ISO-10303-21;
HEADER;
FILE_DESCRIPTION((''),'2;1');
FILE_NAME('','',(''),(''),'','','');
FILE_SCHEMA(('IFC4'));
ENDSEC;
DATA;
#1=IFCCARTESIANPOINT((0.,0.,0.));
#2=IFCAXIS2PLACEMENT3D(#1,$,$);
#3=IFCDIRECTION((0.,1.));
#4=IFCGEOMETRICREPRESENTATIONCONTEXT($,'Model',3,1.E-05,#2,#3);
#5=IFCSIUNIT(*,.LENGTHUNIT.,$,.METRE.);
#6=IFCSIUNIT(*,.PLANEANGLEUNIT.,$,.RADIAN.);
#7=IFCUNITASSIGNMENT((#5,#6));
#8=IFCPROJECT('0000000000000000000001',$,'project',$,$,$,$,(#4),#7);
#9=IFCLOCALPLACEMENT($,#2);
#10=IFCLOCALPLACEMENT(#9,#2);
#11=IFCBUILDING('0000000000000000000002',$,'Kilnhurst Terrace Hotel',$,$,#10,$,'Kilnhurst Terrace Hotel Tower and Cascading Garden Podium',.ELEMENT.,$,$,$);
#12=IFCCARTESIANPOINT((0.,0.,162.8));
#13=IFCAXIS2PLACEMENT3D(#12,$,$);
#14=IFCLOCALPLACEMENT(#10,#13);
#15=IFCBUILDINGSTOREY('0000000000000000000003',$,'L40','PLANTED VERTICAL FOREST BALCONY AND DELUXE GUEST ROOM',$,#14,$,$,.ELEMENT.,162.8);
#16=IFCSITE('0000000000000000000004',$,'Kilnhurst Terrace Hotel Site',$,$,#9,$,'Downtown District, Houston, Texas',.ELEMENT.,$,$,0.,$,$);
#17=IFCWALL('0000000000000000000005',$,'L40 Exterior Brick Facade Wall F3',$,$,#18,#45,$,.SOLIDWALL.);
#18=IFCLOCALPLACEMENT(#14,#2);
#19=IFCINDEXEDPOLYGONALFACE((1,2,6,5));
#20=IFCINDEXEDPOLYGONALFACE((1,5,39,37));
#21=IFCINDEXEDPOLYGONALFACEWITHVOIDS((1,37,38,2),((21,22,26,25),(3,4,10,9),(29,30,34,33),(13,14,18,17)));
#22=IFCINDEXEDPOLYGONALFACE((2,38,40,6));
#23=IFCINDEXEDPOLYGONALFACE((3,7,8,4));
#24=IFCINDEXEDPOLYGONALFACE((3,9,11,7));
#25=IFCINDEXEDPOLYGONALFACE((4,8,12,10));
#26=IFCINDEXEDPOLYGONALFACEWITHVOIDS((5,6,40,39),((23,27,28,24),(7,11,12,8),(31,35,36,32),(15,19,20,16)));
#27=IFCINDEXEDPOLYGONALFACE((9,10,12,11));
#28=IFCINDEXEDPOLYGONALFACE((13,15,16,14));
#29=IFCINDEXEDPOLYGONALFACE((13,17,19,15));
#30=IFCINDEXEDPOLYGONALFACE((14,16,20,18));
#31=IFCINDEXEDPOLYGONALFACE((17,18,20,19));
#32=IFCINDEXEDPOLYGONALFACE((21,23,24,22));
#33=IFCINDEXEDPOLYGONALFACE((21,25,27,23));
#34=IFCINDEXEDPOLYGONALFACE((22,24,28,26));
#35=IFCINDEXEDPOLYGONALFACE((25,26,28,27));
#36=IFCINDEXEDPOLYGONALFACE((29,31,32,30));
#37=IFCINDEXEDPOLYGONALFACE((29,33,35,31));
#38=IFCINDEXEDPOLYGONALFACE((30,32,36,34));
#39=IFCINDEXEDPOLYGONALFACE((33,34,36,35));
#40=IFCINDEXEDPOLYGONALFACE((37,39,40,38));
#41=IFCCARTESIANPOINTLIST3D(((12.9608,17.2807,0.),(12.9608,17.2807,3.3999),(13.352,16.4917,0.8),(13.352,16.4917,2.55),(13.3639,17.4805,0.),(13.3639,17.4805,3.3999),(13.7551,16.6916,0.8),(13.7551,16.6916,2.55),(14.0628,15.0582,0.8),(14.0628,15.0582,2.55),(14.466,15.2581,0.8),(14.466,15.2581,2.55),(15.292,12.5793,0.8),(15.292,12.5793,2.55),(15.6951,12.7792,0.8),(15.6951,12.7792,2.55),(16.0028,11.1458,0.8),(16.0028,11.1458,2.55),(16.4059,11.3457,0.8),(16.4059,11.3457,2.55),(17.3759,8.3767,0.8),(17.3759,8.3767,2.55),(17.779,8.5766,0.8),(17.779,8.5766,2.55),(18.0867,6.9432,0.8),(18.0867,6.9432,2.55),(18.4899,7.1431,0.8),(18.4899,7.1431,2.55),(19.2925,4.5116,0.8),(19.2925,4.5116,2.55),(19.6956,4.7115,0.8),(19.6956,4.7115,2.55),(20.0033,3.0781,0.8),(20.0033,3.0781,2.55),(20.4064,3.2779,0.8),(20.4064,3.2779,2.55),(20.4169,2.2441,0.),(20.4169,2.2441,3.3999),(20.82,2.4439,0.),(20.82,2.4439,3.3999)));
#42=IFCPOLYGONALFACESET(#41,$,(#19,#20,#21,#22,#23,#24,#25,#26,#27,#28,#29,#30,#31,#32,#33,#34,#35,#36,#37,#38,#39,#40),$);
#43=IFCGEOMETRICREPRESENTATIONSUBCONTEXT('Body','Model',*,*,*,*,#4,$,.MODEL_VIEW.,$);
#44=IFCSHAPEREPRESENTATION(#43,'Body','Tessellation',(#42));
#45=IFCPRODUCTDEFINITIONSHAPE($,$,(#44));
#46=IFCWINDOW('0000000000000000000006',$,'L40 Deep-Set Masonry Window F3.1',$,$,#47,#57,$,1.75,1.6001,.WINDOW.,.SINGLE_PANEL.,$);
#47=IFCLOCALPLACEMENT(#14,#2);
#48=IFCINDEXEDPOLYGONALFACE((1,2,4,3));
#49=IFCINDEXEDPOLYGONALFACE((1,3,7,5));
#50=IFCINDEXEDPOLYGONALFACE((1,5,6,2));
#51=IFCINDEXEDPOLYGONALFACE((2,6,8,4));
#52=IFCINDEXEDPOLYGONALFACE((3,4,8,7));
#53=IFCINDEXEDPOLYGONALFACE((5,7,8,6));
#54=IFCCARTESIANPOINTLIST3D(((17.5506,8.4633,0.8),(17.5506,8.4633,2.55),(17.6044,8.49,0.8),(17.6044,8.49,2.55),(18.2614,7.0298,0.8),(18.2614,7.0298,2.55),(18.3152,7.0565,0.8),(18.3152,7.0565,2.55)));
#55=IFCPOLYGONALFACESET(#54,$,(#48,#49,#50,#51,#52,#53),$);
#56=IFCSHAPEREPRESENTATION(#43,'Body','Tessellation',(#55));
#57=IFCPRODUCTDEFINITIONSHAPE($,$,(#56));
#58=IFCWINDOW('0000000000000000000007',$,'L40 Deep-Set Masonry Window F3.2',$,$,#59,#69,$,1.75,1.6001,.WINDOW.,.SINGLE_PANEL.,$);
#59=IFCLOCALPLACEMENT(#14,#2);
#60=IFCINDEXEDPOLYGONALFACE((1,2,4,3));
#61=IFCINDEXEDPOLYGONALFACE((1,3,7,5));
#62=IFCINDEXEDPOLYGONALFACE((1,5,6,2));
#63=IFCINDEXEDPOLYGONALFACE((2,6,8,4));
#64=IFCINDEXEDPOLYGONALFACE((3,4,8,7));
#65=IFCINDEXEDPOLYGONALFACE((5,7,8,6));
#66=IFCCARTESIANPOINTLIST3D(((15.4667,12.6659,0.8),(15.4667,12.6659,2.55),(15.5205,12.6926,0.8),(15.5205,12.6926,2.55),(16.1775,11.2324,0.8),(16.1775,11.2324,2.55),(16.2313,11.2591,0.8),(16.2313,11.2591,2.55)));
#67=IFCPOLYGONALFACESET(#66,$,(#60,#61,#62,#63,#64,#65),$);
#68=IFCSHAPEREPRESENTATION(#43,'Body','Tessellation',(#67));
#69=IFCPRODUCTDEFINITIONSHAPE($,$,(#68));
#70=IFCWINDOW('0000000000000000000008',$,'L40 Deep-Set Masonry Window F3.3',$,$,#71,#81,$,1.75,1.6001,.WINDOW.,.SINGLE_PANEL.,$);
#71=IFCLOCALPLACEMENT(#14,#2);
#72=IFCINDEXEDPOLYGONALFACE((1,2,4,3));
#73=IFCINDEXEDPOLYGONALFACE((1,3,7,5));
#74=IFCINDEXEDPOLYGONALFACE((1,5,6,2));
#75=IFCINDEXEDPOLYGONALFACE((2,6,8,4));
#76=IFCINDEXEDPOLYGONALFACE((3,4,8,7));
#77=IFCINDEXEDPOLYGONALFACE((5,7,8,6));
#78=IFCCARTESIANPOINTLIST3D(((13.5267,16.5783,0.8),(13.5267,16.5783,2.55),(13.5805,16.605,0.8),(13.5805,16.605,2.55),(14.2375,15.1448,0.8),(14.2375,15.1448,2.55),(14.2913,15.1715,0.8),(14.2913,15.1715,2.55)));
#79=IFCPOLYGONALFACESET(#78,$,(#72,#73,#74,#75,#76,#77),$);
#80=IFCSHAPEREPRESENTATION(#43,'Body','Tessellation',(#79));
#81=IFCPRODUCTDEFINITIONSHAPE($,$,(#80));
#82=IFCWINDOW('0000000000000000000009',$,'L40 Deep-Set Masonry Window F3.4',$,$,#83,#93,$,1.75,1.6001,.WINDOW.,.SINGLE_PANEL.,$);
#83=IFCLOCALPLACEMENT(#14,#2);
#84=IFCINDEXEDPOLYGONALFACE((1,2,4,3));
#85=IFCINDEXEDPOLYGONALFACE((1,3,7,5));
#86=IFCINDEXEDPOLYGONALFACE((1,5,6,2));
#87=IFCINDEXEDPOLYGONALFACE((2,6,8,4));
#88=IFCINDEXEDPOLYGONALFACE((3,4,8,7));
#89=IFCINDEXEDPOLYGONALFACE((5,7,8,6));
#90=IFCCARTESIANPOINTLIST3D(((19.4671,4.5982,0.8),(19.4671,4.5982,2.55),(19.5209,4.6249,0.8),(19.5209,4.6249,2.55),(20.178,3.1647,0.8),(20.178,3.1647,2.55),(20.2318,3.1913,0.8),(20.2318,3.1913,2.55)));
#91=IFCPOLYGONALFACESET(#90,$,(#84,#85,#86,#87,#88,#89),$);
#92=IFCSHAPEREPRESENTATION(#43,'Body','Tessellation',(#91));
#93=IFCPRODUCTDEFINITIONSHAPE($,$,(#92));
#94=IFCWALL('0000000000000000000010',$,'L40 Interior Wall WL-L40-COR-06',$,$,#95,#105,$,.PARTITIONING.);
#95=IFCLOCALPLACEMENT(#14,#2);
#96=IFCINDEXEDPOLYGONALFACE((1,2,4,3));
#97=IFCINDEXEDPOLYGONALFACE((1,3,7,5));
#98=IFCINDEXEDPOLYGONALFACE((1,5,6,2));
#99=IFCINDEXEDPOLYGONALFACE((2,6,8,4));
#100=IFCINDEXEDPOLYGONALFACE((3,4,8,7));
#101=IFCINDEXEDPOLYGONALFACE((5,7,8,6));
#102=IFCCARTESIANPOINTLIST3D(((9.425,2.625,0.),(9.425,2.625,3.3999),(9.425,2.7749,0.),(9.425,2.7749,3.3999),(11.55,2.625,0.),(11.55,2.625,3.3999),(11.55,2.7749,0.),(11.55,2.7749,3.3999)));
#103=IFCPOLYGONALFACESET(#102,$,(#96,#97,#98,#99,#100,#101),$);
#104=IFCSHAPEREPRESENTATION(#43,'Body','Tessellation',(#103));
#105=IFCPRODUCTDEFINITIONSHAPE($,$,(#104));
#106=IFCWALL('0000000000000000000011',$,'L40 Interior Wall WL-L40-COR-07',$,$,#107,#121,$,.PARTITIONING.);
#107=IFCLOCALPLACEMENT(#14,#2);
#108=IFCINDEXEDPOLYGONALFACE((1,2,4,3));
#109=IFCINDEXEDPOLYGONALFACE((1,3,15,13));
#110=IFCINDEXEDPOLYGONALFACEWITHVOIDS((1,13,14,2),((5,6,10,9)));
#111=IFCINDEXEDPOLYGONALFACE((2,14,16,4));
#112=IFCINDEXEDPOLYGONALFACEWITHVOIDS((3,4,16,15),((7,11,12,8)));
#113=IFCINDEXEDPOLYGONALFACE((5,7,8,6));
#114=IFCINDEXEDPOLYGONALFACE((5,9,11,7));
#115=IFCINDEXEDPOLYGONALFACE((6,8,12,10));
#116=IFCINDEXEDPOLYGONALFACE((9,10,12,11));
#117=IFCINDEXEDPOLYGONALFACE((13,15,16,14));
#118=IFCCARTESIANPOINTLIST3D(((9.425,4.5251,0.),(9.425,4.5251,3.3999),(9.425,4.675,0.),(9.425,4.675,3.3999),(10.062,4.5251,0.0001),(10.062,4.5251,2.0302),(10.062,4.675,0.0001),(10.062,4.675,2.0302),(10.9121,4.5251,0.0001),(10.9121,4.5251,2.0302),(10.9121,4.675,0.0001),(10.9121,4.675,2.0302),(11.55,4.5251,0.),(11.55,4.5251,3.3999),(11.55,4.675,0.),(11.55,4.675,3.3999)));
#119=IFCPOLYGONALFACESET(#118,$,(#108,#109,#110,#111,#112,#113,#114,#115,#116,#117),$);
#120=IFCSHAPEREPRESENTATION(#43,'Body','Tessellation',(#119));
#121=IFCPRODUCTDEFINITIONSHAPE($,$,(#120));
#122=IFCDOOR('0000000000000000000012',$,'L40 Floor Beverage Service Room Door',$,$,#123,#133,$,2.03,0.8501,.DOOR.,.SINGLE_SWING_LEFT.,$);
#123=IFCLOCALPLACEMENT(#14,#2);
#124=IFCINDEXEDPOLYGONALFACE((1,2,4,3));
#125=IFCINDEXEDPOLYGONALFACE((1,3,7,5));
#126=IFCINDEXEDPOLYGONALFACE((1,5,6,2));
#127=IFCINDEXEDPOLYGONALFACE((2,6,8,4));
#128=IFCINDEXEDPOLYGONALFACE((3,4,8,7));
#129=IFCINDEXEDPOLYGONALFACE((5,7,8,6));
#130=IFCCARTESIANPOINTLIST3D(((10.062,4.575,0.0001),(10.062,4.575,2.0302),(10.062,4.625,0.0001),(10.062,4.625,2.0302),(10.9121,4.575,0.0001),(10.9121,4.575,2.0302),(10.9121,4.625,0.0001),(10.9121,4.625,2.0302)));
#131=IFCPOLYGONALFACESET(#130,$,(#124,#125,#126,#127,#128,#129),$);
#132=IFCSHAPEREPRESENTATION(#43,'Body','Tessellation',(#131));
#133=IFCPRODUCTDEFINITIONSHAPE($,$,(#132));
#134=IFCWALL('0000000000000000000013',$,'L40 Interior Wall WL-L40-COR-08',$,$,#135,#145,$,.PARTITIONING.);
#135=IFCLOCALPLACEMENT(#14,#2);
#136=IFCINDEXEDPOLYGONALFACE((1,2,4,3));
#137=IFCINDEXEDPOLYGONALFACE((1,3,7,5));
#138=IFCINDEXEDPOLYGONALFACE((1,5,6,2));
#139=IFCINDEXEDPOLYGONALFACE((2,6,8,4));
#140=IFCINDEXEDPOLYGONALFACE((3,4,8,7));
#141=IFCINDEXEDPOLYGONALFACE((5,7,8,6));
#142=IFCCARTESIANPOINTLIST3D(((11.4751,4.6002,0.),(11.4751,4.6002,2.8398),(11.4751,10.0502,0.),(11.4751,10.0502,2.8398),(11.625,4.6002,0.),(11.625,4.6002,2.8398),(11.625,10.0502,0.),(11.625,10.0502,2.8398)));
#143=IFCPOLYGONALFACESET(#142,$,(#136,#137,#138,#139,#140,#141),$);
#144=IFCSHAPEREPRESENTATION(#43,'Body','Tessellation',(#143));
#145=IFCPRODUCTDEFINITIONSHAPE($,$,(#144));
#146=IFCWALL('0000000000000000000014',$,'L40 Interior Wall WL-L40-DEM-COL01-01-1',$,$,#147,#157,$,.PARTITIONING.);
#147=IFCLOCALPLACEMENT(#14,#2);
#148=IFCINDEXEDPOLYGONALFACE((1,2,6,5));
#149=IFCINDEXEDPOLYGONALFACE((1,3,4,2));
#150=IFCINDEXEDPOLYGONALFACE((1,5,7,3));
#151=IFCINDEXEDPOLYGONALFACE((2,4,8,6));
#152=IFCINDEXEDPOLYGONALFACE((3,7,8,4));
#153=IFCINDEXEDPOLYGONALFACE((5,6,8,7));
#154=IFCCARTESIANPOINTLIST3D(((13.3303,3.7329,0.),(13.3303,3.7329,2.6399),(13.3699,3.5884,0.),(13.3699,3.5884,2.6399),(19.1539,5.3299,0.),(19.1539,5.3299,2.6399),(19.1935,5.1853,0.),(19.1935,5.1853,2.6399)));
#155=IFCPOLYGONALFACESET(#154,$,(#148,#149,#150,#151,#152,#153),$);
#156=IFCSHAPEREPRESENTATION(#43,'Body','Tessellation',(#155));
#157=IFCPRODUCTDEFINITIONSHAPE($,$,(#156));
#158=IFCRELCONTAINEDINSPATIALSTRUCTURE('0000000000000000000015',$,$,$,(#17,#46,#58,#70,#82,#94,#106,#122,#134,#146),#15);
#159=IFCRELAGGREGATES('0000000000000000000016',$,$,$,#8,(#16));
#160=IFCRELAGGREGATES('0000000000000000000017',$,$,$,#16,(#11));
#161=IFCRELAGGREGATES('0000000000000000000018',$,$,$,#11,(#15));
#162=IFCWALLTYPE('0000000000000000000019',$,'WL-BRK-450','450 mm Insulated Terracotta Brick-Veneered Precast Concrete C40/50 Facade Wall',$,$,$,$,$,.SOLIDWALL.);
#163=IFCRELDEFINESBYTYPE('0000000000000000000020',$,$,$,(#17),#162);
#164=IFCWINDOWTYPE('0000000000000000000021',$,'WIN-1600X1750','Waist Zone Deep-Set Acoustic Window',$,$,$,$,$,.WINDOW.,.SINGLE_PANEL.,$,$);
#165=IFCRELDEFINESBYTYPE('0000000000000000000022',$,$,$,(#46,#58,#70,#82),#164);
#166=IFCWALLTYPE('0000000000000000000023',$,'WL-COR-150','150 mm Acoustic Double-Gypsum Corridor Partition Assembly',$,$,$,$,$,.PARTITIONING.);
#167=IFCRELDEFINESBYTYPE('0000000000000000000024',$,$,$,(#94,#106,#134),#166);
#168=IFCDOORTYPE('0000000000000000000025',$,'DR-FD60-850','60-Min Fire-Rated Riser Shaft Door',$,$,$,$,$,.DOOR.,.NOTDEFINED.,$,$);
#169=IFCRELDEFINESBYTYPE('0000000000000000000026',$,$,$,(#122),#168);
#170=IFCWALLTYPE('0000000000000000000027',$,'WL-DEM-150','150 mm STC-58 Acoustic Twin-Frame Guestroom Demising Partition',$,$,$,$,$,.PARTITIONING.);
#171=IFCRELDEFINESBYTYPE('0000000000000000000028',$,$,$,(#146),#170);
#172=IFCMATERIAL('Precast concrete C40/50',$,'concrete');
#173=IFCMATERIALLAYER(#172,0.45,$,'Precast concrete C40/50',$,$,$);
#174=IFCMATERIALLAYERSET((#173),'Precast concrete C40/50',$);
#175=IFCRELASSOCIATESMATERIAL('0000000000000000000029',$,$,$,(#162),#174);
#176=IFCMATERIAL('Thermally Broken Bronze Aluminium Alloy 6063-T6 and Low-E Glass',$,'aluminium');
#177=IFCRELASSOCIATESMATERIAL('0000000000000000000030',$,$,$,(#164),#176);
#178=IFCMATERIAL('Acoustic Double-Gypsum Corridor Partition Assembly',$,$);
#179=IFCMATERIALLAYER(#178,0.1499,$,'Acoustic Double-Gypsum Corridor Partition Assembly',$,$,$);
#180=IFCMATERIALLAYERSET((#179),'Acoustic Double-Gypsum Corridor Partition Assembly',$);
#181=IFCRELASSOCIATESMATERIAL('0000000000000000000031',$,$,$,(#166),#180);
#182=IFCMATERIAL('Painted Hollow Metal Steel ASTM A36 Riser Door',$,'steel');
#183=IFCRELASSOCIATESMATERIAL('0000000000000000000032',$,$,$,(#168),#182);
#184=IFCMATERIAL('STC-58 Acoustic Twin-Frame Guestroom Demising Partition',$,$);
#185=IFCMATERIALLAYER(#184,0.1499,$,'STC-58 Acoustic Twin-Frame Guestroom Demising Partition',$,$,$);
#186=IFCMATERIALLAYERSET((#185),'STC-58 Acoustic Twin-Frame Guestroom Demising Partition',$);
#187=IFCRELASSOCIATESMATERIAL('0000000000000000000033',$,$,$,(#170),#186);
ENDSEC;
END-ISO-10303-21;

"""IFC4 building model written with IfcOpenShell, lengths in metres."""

from ifc_helpers import new_model, si_unit, direction, frame, frame_2d, origin, place, context, subcontext, project, spatial, rectangle, extrude, material, layer, layer_set, type_object, element, fill, save


model = new_model("IFC4")

# Units and contexts
model_context = context("Model", 3, precision=1e-05, world=origin(), true_north=direction((0.0, 1.0)))
body_context = subcontext(model_context, "Body", "Model", "MODEL_VIEW")
ifc_project = project(units=[si_unit("LENGTHUNIT", "METRE"), si_unit("PLANEANGLEUNIT", "RADIAN")], contexts=[model_context])

# Site, building, storey
site_placement = place(None, origin())
site = spatial("IfcSite", under=ifc_project, at=site_placement, Name="Kilnhurst Terrace Hotel Site", LongName="Downtown District, Houston, Texas", CompositionType="ELEMENT", RefElevation=0.0)
building_placement = place(site_placement, origin())
building = spatial("IfcBuilding", under=site, at=building_placement, Name="Kilnhurst Terrace Hotel", LongName="Kilnhurst Terrace Hotel Tower and Cascading Garden Podium", CompositionType="ELEMENT")
storey_placement = place(building_placement, frame((0.0, 0.0, 162.8)))
storey = spatial("IfcBuildingStorey", under=building, at=storey_placement, Name="L40", Description="PLANTED VERTICAL FOREST BALCONY AND DELUXE GUEST ROOM", CompositionType="ELEMENT", Elevation=162.8)

# Shared definitions
ifc_material_1 = material(Name="Precast concrete C40/50", Category="concrete")
ifc_layer_1 = layer(ifc_material_1, 0.45, Name="Precast concrete C40/50")
ifc_layer_set_1 = layer_set([ifc_layer_1], Name="Precast concrete C40/50")
wall_type_1 = type_object("IfcWallType", Name="WL-BRK-450", Description="450 mm Insulated Terracotta Brick-Veneered Precast Concrete C40/50 Facade Wall", PredefinedType="SOLIDWALL", material=ifc_layer_set_1)

# Wall, openings, windows
wall_1_placement = place(storey_placement, frame((20.6184, 2.344, 0.0), z_axis=(0.0, 0.0, 1.0), x_axis=(-0.444244, 0.895906, 0.0)))
wall_1 = element("IfcWall", 1, at=wall_1_placement, inside=storey, type_object=wall_type_1, Name="L40 Exterior Brick Facade Wall F3", PredefinedType="SOLIDWALL", context=body_context, shape_type="SweptSolid", body=[
    extrude(rectangle(XDim=16.7837, YDim=0.45, at=frame_2d((8.3918, 0.0))), origin(), (0.0, 0.0, 1.0), 3.3999),
])
opening_1_placement = place(wall_1_placement, frame((5.2451, 0.0, 0.8)))
opening_1 = element("IfcOpeningElement", 2, at=opening_1_placement, cuts=wall_1, PredefinedType="OPENING", context=body_context, shape_type="SweptSolid", body=[
    extrude(rectangle(XDim=1.6001, YDim=1.75, at=frame_2d((0.8, 0.875))), frame((0.0, 0.2349, 0.0), z_axis=(0.0, -1.0, 0.0), x_axis=(1.0, 0.0, 0.0)), (0.0, 0.0, 1.0), 0.47),
])
opening_2_placement = place(wall_1_placement, frame((9.936, 0.0, 0.8)))
opening_2 = element("IfcOpeningElement", 3, at=opening_2_placement, cuts=wall_1, PredefinedType="OPENING", context=body_context, shape_type="SweptSolid", body=[
    extrude(rectangle(XDim=1.6001, YDim=1.75, at=frame_2d((0.8, 0.875))), frame((0.0, 0.2349, 0.0), z_axis=(0.0, -1.0, 0.0), x_axis=(1.0, 0.0, 0.0)), (0.0, 0.0, 1.0), 0.47),
])
opening_3_placement = place(wall_1_placement, frame((14.303, 0.0, 0.8)))
opening_3 = element("IfcOpeningElement", 4, at=opening_3_placement, cuts=wall_1, PredefinedType="OPENING", context=body_context, shape_type="SweptSolid", body=[
    extrude(rectangle(XDim=1.6001, YDim=1.75, at=frame_2d((0.8, 0.875))), frame((0.0, 0.2349, 0.0), z_axis=(0.0, -1.0, 0.0), x_axis=(1.0, 0.0, 0.0)), (0.0, 0.0, 1.0), 0.47),
])
opening_4_placement = place(wall_1_placement, frame((0.9309, 0.0, 0.8)))
opening_4 = element("IfcOpeningElement", 5, at=opening_4_placement, cuts=wall_1, PredefinedType="OPENING", context=body_context, shape_type="SweptSolid", body=[
    extrude(rectangle(XDim=1.6001, YDim=1.75, at=frame_2d((0.8, 0.875))), frame((0.0, 0.2349, 0.0), z_axis=(0.0, -1.0, 0.0), x_axis=(1.0, 0.0, 0.0)), (0.0, 0.0, 1.0), 0.47),
])
ifc_material_2 = material(Name="Thermally Broken Bronze Aluminium Alloy 6063-T6 and Low-E Glass", Category="aluminium")
window_type = type_object("IfcWindowType", Name="WIN-1600X1750", Description="Waist Zone Deep-Set Acoustic Window", PartitioningType="SINGLE_PANEL", PredefinedType="WINDOW", material=ifc_material_2)
window_1_placement = place(opening_1_placement, origin())
window_1 = element("IfcWindow", 6, at=window_1_placement, inside=storey, type_object=window_type, Name="L40 Deep-Set Masonry Window F3.1", OverallHeight=1.75, OverallWidth=1.6001, PartitioningType="SINGLE_PANEL", PredefinedType="WINDOW", context=body_context, shape_type="SweptSolid", body=[
    extrude(rectangle(XDim=1.6001, YDim=1.75, at=frame_2d((0.8, 0.875))), frame((0.0, 0.03, 0.0), z_axis=(0.0, -1.0, 0.0), x_axis=(1.0, 0.0, 0.0)), (0.0, 0.0, 1.0), 0.0601),
])
fill(opening_1, window_1)
window_2_placement = place(opening_2_placement, origin())
window_2 = element("IfcWindow", 7, at=window_2_placement, inside=storey, type_object=window_type, Name="L40 Deep-Set Masonry Window F3.2", OverallHeight=1.75, OverallWidth=1.6001, PartitioningType="SINGLE_PANEL", PredefinedType="WINDOW", context=body_context, shape_type="SweptSolid", body=[
    extrude(rectangle(XDim=1.6001, YDim=1.75, at=frame_2d((0.8, 0.875))), frame((0.0, 0.03, 0.0), z_axis=(0.0, -1.0, 0.0), x_axis=(1.0, 0.0, 0.0)), (0.0, 0.0, 1.0), 0.0601),
])
fill(opening_2, window_2)
window_3_placement = place(opening_3_placement, origin())
window_3 = element("IfcWindow", 8, at=window_3_placement, inside=storey, type_object=window_type, Name="L40 Deep-Set Masonry Window F3.3", OverallHeight=1.75, OverallWidth=1.6001, PartitioningType="SINGLE_PANEL", PredefinedType="WINDOW", context=body_context, shape_type="SweptSolid", body=[
    extrude(rectangle(XDim=1.6001, YDim=1.75, at=frame_2d((0.8, 0.875))), frame((0.0, 0.03, 0.0), z_axis=(0.0, -1.0, 0.0), x_axis=(1.0, 0.0, 0.0)), (0.0, 0.0, 1.0), 0.0601),
])
fill(opening_3, window_3)
window_4_placement = place(opening_4_placement, origin())
window_4 = element("IfcWindow", 9, at=window_4_placement, inside=storey, type_object=window_type, Name="L40 Deep-Set Masonry Window F3.4", OverallHeight=1.75, OverallWidth=1.6001, PartitioningType="SINGLE_PANEL", PredefinedType="WINDOW", context=body_context, shape_type="SweptSolid", body=[
    extrude(rectangle(XDim=1.6001, YDim=1.75, at=frame_2d((0.8, 0.875))), frame((0.0, 0.03, 0.0), z_axis=(0.0, -1.0, 0.0), x_axis=(1.0, 0.0, 0.0)), (0.0, 0.0, 1.0), 0.0601),
])
fill(opening_4, window_4)

# Wall
ifc_material_3 = material(Name="Acoustic Double-Gypsum Corridor Partition Assembly")
ifc_layer_2 = layer(ifc_material_3, 0.1499, Name="Acoustic Double-Gypsum Corridor Partition Assembly")
ifc_layer_set_2 = layer_set([ifc_layer_2], Name="Acoustic Double-Gypsum Corridor Partition Assembly")
wall_type_2 = type_object("IfcWallType", Name="WL-COR-150", Description="150 mm Acoustic Double-Gypsum Corridor Partition Assembly", PredefinedType="PARTITIONING", material=ifc_layer_set_2)
wall_2_placement = place(storey_placement, frame((11.55, 2.7, 0.0), z_axis=(0.0, 0.0, 1.0), x_axis=(-1.0, 0.0, 0.0)))
element("IfcWall", 10, at=wall_2_placement, inside=storey, type_object=wall_type_2, Name="L40 Interior Wall WL-L40-COR-06", PredefinedType="PARTITIONING", context=body_context, shape_type="SweptSolid", body=[
    extrude(rectangle(XDim=2.125, YDim=0.1499, at=frame_2d((1.0625, 0.0))), origin(), (0.0, 0.0, 1.0), 3.3999),
])

# Wall, opening, door
wall_3_placement = place(storey_placement, frame((9.425, 4.6001, 0.0), z_axis=(0.0, 0.0, 1.0), x_axis=(1.0, 0.0, 0.0)))
wall_3 = element("IfcWall", 11, at=wall_3_placement, inside=storey, type_object=wall_type_2, Name="L40 Interior Wall WL-L40-COR-07", PredefinedType="PARTITIONING", context=body_context, shape_type="SweptSolid", body=[
    extrude(rectangle(XDim=2.125, YDim=0.1499, at=frame_2d((1.0625, 0.0))), origin(), (0.0, 0.0, 1.0), 3.3999),
])
opening_5_placement = place(wall_3_placement, frame((0.637, 0.0, 0.0)))
opening_5 = element("IfcOpeningElement", 12, at=opening_5_placement, cuts=wall_3, PredefinedType="OPENING", context=body_context, shape_type="SweptSolid", body=[
    extrude(rectangle(XDim=0.8501, YDim=2.03, at=frame_2d((0.425, 1.0151))), frame((0.0, 0.085, 0.0), z_axis=(0.0, -1.0, 0.0), x_axis=(1.0, 0.0, 0.0)), (0.0, 0.0, 1.0), 0.1699),
])
ifc_material_4 = material(Name="Painted Hollow Metal Steel ASTM A36 Riser Door", Category="steel")
door_type_1 = type_object("IfcDoorType", Name="DR-FD60-850", Description="60-Min Fire-Rated Riser Shaft Door", OperationType="NOTDEFINED", PredefinedType="DOOR", material=ifc_material_4)
door_1_placement = place(opening_5_placement, origin())
door_1 = element("IfcDoor", 13, at=door_1_placement, inside=storey, type_object=door_type_1, Name="L40 Floor Beverage Service Room Door", OperationType="SINGLE_SWING_LEFT", OverallHeight=2.03, OverallWidth=0.8501, PredefinedType="DOOR", context=body_context, shape_type="SweptSolid", body=[
    extrude(rectangle(XDim=0.8501, YDim=2.03, at=frame_2d((0.425, 1.0151))), frame((0.0, 0.0249, 0.0), z_axis=(0.0, -1.0, 0.0), x_axis=(1.0, 0.0, 0.0)), (0.0, 0.0, 1.0), 0.05),
])
fill(opening_5, door_1)

# Walls
wall_4_placement = place(storey_placement, frame((11.55, 4.6001, 0.0), z_axis=(0.0, 0.0, 1.0), x_axis=(0.0, 1.0, 0.0)))
element("IfcWall", 14, at=wall_4_placement, inside=storey, type_object=wall_type_2, Name="L40 Interior Wall WL-L40-COR-08", PredefinedType="PARTITIONING", context=body_context, shape_type="SweptSolid", body=[
    extrude(rectangle(XDim=5.45, YDim=0.1499, at=frame_2d((2.7251, 0.0))), origin(), (0.0, 0.0, 1.0), 2.8398),
])
ifc_material_5 = material(Name="STC-58 Acoustic Twin-Frame Guestroom Demising Partition")
ifc_layer_3 = layer(ifc_material_5, 0.1499, Name="STC-58 Acoustic Twin-Frame Guestroom Demising Partition")
ifc_layer_set_3 = layer_set([ifc_layer_3], Name="STC-58 Acoustic Twin-Frame Guestroom Demising Partition")
wall_type_3 = type_object("IfcWallType", Name="WL-DEM-150", Description="150 mm STC-58 Acoustic Twin-Frame Guestroom Demising Partition", PredefinedType="PARTITIONING", material=ifc_layer_set_3)
wall_5_placement = place(storey_placement, frame((13.3501, 3.6606, 0.0), z_axis=(0.0, 0.0, 1.0), x_axis=(0.964397, 0.264458, 0.0)))
element("IfcWall", 15, at=wall_5_placement, inside=storey, type_object=wall_type_3, Name="L40 Interior Wall WL-L40-DEM-COL01-01-1", PredefinedType="PARTITIONING", context=body_context, shape_type="SweptSolid", body=[
    extrude(rectangle(XDim=6.0386, YDim=0.1499, at=frame_2d((3.0193, 0.0))), origin(), (0.0, 0.0, 1.0), 2.6399),
])

save(model, "model.ifc")
